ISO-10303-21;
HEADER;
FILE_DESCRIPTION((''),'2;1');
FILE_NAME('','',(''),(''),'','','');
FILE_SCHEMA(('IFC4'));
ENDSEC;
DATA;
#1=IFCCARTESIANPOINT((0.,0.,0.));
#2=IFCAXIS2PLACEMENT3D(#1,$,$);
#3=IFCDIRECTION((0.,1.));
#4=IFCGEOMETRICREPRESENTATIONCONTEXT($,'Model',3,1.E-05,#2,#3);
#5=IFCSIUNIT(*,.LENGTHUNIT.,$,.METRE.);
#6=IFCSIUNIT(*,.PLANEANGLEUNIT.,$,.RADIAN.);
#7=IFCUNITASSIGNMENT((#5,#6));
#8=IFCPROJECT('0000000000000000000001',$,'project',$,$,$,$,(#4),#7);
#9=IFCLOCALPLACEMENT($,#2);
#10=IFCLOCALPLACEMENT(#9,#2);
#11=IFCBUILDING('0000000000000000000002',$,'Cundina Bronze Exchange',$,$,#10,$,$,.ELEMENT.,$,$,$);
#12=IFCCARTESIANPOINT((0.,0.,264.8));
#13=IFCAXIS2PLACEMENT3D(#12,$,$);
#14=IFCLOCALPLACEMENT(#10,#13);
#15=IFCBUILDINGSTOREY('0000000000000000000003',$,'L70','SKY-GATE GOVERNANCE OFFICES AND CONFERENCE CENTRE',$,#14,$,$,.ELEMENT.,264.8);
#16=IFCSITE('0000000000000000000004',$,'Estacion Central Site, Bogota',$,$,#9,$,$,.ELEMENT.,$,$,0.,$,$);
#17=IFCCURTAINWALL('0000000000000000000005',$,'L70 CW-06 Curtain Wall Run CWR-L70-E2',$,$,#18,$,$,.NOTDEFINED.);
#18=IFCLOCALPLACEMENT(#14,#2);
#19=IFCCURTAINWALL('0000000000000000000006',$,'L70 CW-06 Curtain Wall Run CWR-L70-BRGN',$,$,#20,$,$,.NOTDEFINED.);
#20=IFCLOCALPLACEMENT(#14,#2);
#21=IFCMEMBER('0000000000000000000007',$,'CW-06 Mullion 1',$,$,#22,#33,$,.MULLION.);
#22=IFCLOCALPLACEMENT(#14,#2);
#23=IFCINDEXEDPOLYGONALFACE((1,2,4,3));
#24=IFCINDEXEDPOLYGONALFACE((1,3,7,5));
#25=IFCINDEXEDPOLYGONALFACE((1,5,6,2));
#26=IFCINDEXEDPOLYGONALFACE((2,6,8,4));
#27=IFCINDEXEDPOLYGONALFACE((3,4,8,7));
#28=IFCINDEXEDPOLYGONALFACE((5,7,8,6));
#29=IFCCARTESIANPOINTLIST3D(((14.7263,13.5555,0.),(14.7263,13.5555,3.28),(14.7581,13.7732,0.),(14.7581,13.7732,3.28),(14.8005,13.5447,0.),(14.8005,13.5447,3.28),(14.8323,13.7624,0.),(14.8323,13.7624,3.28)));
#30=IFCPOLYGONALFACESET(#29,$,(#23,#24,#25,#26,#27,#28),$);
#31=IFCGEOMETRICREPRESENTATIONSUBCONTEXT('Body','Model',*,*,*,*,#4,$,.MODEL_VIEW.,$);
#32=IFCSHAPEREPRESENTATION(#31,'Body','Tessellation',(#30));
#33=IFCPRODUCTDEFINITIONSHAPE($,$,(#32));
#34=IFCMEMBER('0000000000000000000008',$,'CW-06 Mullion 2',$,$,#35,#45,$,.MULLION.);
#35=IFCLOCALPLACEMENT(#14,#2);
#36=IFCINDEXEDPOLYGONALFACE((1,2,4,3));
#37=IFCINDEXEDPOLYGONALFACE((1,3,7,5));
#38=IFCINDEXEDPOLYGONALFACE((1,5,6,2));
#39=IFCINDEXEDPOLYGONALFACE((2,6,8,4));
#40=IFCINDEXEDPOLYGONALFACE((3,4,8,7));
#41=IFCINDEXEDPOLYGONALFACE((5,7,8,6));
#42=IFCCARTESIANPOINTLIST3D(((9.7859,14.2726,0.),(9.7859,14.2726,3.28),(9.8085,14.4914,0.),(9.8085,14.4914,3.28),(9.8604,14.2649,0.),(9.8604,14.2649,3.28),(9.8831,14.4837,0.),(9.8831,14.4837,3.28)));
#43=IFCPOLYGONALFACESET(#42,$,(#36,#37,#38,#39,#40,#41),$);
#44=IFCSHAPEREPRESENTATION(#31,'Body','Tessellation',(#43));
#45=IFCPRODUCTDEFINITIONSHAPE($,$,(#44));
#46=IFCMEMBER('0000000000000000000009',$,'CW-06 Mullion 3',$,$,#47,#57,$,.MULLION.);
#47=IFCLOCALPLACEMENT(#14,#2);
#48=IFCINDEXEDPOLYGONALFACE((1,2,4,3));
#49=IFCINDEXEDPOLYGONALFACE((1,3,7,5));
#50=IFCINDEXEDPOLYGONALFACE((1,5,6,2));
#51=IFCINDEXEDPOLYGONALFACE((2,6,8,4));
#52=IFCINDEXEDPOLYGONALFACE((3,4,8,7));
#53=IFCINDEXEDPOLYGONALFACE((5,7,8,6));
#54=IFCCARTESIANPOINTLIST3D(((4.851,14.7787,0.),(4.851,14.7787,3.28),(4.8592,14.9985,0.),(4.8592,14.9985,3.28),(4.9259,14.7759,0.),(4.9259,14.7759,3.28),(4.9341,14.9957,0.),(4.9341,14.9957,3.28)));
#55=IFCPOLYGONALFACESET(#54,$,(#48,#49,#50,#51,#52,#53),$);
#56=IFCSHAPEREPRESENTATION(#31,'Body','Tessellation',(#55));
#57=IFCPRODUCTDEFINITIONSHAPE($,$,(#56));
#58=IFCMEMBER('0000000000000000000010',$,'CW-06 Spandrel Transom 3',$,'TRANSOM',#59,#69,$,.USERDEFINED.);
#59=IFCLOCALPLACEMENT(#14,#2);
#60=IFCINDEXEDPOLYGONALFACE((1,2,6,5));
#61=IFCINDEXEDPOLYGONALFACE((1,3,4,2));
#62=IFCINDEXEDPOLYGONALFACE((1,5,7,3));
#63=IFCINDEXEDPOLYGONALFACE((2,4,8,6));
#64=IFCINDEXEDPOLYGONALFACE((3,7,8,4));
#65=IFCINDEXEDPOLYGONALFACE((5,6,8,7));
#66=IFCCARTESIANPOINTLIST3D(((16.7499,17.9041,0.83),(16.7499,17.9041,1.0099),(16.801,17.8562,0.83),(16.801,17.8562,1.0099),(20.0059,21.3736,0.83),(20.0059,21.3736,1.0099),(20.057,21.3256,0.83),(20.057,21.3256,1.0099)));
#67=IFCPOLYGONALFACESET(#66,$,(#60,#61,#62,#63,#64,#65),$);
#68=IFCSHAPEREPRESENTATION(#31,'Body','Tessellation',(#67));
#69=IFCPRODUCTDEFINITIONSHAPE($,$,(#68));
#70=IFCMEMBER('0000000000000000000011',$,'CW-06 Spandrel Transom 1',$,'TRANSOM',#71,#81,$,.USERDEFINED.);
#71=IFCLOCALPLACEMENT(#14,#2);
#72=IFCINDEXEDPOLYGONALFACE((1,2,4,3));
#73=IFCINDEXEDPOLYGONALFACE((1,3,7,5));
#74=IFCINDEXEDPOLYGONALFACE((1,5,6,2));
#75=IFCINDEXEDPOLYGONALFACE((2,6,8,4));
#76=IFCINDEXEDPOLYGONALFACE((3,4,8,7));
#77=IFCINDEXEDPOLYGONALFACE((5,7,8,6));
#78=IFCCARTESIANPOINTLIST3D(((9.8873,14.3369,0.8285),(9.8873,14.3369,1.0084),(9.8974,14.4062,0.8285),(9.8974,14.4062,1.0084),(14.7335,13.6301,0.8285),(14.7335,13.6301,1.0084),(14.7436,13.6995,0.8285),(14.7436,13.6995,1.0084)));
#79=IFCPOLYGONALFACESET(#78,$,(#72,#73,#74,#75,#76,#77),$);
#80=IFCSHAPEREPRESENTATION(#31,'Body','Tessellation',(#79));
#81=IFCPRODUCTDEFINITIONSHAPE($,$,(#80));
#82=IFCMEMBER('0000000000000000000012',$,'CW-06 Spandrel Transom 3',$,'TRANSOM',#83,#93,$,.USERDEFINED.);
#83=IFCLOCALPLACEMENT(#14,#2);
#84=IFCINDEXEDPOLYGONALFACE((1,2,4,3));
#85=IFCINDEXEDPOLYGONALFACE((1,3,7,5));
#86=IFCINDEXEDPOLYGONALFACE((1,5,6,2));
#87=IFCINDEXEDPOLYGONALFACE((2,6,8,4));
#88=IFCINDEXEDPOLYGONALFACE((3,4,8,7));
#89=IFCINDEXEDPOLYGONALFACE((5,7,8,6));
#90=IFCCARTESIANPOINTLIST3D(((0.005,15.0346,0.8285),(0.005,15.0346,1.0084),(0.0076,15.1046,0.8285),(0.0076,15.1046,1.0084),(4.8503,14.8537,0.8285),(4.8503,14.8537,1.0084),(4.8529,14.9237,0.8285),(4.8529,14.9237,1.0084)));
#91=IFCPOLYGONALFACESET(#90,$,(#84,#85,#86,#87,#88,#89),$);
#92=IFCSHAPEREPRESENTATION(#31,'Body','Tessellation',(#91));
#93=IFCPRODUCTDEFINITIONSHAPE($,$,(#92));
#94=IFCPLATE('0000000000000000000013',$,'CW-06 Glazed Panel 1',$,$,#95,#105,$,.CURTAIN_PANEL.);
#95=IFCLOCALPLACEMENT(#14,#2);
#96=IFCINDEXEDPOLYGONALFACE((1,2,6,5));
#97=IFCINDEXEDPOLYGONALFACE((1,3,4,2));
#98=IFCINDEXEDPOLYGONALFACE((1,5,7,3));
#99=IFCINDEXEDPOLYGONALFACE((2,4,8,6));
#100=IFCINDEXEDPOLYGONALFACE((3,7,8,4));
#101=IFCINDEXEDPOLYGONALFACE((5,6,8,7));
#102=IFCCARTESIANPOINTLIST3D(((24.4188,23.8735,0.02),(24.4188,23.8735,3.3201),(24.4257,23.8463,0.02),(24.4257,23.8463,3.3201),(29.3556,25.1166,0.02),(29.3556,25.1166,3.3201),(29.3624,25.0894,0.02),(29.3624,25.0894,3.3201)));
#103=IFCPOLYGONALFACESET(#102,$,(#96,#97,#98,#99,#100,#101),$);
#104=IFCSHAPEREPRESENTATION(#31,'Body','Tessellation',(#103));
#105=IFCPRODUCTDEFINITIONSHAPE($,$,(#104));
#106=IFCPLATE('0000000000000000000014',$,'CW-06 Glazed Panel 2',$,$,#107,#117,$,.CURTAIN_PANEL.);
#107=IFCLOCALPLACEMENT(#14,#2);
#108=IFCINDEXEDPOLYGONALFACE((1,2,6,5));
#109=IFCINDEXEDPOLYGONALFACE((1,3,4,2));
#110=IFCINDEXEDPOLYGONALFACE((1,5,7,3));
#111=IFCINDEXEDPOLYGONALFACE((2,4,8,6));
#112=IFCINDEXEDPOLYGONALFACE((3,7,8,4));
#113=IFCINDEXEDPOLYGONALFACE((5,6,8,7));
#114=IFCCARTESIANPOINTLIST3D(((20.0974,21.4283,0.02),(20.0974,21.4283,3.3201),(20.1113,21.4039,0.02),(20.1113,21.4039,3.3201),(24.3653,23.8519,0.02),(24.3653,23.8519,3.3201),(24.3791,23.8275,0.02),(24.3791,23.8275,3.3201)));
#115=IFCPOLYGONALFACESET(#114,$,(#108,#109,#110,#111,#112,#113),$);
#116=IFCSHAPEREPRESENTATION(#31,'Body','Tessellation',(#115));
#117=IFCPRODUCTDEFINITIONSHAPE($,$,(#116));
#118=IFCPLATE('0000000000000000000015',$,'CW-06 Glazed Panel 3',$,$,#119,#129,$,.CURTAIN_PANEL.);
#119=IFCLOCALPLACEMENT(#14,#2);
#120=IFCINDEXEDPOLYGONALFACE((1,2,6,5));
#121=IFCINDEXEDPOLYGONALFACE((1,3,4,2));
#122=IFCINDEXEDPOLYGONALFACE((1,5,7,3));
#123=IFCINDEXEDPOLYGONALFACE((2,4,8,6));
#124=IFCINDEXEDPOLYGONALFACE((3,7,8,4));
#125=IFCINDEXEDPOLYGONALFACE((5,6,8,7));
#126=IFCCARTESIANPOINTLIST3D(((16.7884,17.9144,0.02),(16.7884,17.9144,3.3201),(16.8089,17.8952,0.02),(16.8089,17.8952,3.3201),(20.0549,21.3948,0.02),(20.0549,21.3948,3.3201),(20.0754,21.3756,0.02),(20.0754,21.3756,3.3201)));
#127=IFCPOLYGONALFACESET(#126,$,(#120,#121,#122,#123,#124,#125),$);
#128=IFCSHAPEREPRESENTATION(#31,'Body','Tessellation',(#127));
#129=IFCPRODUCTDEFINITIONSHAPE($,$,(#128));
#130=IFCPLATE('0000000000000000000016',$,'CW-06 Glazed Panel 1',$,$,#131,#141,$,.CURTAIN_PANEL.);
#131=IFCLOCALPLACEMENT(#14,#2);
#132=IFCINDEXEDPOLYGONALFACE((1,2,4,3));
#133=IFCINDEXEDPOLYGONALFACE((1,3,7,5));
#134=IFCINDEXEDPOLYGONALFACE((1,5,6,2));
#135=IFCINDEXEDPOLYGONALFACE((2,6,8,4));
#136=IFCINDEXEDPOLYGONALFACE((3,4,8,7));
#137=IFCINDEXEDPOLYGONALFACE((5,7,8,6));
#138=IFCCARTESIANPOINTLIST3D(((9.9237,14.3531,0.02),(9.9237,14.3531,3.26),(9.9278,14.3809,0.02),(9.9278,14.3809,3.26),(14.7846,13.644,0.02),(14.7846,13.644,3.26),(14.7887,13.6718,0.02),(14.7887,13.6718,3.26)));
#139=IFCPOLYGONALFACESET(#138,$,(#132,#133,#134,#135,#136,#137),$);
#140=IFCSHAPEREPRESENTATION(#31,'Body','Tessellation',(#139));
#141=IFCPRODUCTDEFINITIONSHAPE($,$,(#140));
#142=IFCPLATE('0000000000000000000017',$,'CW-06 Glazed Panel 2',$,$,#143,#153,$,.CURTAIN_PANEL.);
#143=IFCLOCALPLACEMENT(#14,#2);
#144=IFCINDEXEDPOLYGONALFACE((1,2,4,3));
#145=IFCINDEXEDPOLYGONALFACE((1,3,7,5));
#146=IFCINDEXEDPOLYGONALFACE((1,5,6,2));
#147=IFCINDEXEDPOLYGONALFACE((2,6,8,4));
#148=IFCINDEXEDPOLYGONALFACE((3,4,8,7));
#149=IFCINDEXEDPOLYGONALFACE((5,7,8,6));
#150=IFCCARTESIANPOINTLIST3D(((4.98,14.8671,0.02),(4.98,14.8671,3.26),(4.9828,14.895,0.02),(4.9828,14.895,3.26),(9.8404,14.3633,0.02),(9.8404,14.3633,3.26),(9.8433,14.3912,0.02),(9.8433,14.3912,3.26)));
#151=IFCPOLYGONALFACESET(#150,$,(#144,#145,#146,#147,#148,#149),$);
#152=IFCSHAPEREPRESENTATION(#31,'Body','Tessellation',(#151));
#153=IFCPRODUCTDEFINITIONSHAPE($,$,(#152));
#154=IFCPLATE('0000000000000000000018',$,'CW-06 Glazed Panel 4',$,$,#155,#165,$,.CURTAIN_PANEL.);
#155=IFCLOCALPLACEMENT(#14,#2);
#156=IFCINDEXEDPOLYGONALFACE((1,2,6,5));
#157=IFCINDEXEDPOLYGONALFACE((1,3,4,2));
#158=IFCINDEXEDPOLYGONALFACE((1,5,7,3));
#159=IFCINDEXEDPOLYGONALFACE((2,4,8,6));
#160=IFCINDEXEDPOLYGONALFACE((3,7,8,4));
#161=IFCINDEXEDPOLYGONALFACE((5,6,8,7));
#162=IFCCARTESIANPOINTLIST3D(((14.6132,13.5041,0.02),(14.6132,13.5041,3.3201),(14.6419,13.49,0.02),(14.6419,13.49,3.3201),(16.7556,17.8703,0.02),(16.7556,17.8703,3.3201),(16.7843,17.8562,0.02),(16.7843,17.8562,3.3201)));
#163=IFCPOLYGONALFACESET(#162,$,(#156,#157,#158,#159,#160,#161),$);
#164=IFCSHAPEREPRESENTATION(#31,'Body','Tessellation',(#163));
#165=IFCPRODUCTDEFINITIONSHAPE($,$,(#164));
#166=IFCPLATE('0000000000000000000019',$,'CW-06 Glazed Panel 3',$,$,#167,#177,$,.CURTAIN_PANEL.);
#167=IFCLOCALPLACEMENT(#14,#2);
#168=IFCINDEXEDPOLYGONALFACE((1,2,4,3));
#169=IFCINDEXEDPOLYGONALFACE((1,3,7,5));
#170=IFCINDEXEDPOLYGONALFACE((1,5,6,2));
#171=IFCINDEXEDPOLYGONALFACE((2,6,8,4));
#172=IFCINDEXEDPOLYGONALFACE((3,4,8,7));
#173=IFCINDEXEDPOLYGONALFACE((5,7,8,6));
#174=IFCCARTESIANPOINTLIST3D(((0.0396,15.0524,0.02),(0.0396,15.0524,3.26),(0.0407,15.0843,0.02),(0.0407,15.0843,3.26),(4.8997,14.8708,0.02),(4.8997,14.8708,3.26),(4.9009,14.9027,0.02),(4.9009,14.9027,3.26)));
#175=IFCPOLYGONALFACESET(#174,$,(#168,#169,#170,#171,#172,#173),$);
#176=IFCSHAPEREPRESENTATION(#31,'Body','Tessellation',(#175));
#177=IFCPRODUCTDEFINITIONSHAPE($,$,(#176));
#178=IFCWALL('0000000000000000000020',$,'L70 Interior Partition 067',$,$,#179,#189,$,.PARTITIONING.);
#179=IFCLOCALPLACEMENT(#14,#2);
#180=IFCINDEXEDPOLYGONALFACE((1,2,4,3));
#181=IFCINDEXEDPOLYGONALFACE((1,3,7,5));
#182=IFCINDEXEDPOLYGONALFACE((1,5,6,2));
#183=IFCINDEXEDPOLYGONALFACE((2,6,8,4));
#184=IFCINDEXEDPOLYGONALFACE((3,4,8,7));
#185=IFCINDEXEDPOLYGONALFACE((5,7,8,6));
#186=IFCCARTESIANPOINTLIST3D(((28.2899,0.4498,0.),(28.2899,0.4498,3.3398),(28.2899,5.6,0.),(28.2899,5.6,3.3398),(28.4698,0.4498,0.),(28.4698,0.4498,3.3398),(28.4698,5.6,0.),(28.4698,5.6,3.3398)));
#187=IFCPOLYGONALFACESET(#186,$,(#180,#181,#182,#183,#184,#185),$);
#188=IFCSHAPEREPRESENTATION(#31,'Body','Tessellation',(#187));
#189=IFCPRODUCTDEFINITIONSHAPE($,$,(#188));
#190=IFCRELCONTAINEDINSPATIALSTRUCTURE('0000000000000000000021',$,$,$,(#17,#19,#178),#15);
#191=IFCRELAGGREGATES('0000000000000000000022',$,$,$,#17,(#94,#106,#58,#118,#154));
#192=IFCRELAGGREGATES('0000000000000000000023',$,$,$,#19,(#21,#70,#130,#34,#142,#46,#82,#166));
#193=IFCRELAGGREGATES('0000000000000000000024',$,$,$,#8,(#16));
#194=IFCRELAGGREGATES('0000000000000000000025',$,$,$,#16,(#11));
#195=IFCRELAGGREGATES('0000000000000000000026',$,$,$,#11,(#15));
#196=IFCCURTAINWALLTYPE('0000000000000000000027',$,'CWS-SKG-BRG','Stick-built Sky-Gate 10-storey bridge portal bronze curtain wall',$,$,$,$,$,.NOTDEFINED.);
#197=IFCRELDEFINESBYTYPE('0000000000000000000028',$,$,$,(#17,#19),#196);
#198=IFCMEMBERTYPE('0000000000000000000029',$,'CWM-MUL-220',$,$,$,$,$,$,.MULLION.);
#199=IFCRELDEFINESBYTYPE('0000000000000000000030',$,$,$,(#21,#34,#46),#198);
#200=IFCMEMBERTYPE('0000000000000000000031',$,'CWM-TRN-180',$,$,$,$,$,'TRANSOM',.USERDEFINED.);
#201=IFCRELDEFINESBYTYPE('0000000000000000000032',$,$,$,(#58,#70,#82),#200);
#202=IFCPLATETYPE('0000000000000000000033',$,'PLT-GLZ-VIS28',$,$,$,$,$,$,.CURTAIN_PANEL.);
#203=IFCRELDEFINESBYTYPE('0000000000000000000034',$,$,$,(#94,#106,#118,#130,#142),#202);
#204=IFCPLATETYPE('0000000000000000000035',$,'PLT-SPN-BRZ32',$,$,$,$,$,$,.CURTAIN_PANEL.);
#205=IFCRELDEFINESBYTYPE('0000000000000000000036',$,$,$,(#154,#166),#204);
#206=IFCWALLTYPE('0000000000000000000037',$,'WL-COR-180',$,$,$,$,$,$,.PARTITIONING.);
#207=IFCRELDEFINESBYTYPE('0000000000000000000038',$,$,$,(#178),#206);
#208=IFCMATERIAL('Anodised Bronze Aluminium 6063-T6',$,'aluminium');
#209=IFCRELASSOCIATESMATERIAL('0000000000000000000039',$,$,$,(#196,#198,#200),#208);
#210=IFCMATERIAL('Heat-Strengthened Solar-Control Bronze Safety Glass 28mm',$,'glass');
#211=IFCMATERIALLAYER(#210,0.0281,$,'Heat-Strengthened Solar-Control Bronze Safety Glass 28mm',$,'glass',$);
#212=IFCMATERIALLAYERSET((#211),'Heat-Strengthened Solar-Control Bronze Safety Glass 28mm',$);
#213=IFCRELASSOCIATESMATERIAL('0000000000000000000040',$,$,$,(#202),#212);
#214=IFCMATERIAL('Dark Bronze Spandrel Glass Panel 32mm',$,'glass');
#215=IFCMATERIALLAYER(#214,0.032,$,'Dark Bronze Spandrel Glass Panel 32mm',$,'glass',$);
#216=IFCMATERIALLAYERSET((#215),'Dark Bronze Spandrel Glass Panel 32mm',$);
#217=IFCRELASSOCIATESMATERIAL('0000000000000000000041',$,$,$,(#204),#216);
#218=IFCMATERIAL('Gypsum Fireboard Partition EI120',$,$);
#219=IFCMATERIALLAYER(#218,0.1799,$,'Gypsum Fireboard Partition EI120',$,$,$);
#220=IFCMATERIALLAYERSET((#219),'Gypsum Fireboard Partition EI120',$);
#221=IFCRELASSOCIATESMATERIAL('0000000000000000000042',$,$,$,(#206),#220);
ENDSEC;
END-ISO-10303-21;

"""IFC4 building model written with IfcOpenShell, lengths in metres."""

from ifc_helpers import new_model, si_unit, direction, frame, frame_2d, origin, origin_2d, place, context, subcontext, project, spatial, rectangle, extrude, material, layer, layer_set, material_profile, profile_set, type_object, element, aggregate, save


model = new_model("IFC4")

# Units and contexts
model_context = context("Model", 3, precision=1e-05, world=origin(), true_north=direction((0.0, 1.0)))
body_context = subcontext(model_context, "Body", "Model", "MODEL_VIEW")
ifc_project = project(units=[si_unit("LENGTHUNIT", "METRE"), si_unit("PLANEANGLEUNIT", "RADIAN")], contexts=[model_context])

# Site, building, storey
site_placement = place(None, origin())
site = spatial("IfcSite", under=ifc_project, at=site_placement, Name="Estacion Central Site, Bogota", CompositionType="ELEMENT", RefElevation=0.0)
building_placement = place(site_placement, origin())
building = spatial("IfcBuilding", under=site, at=building_placement, Name="Cundina Bronze Exchange", CompositionType="ELEMENT")
storey_placement = place(building_placement, frame((0.0, 0.0, 264.8)))
storey = spatial("IfcBuildingStorey", under=building, at=storey_placement, Name="L70", Description="SKY-GATE GOVERNANCE OFFICES AND CONFERENCE CENTRE", CompositionType="ELEMENT", Elevation=264.8)

# Curtain walls, members
ifc_material_1 = material(Name="Anodised Bronze Aluminium 6063-T6", Category="aluminium")
curtain_wall_type = type_object("IfcCurtainWallType", Name="CWS-SKG-BRG", Description="Stick-built Sky-Gate 10-storey bridge portal bronze curtain wall", PredefinedType="NOTDEFINED", material=ifc_material_1)
curtain_wall_1_placement = place(storey_placement, origin())
curtain_wall_1 = element("IfcCurtainWall", 1, at=curtain_wall_1_placement, inside=storey, type_object=curtain_wall_type, Name="L70 CW-06 Curtain Wall Run CWR-L70-E2", PredefinedType="NOTDEFINED")
ifc_material_profile_1 = material_profile(ifc_material_1, rectangle(XDim=0.075, YDim=0.22, at=origin_2d()), Name="AL75X220", Category="aluminium")
ifc_profile_set_1 = profile_set([ifc_material_profile_1], Name="Anodised Bronze Aluminium 6063-T6")
member_type_1 = type_object("IfcMemberType", Name="CWM-MUL-220", PredefinedType="MULLION", material=ifc_profile_set_1)
curtain_wall_2_placement = place(storey_placement, origin())
curtain_wall_2 = element("IfcCurtainWall", 2, at=curtain_wall_2_placement, inside=storey, type_object=curtain_wall_type, Name="L70 CW-06 Curtain Wall Run CWR-L70-BRGN", PredefinedType="NOTDEFINED")
member_1_placement = place(storey_placement, frame((14.7793, 13.6589, 0.0), z_axis=(0.0, 0.0, 1.0), x_axis=(-0.989526, 0.144356, 0.0)))
member_1 = element("IfcMember", 3, at=member_1_placement, type_object=member_type_1, Name="CW-06 Mullion 1", PredefinedType="MULLION", context=body_context, shape_type="SweptSolid", body=[
    extrude(rectangle(XDim=0.075, YDim=0.22, at=origin_2d()), origin(), (0.0, 0.0, 1.0), 3.28),
])
member_2_placement = place(storey_placement, frame((9.8345, 14.3782, 0.0), z_axis=(0.0, 0.0, 1.0), x_axis=(-0.994667, 0.10314, 0.0)))
member_2 = element("IfcMember", 4, at=member_2_placement, type_object=member_type_1, Name="CW-06 Mullion 2", PredefinedType="MULLION", context=body_context, shape_type="SweptSolid", body=[
    extrude(rectangle(XDim=0.075, YDim=0.22, at=origin_2d()), origin(), (0.0, 0.0, 1.0), 3.28),
])
member_3_placement = place(storey_placement, frame((4.8926, 14.8872, 0.0), z_axis=(0.0, 0.0, 1.0), x_axis=(-0.999303, 0.037341, 0.0)))
member_3 = element("IfcMember", 5, at=member_3_placement, type_object=member_type_1, Name="CW-06 Mullion 3", PredefinedType="MULLION", context=body_context, shape_type="SweptSolid", body=[
    extrude(rectangle(XDim=0.075, YDim=0.22, at=origin_2d()), origin(), (0.0, 0.0, 1.0), 3.28),
])

# Members
ifc_material_profile_2 = material_profile(ifc_material_1, rectangle(XDim=0.0701, YDim=0.1799, at=origin_2d()), Name="AL70X180", Category="aluminium")
ifc_profile_set_2 = profile_set([ifc_material_profile_2], Name="Anodised Bronze Aluminium 6063-T6")
member_type_2 = type_object("IfcMemberType", Name="CWM-TRN-180", ElementType="TRANSOM", PredefinedType="USERDEFINED", material=ifc_profile_set_2)
member_4_placement = place(storey_placement, frame((20.0315, 21.3496, 0.9199), z_axis=(-0.684328, -0.729174, 0.0), x_axis=(0.729174, -0.684328, 0.0)))
member_4 = element("IfcMember", 6, at=member_4_placement, type_object=member_type_2, Name="CW-06 Spandrel Transom 3", ObjectType="TRANSOM", PredefinedType="USERDEFINED", context=body_context, shape_type="SweptSolid", body=[
    extrude(rectangle(XDim=0.0701, YDim=0.1799, at=origin_2d()), origin(), (0.0, 0.0, 1.0), 4.7581),
])
member_5_placement = place(storey_placement, frame((14.7385, 13.6648, 0.9185), z_axis=(-0.989531, 0.144317, 0.0), x_axis=(-0.144317, -0.989531, 0.0)))
member_5 = element("IfcMember", 7, at=member_5_placement, type_object=member_type_2, Name="CW-06 Spandrel Transom 1", ObjectType="TRANSOM", PredefinedType="USERDEFINED", context=body_context, shape_type="SweptSolid", body=[
    extrude(rectangle(XDim=0.0701, YDim=0.1799, at=origin_2d()), origin(), (0.0, 0.0, 1.0), 4.8975),
])
member_6_placement = place(storey_placement, frame((4.8516, 14.8887, 0.9185), z_axis=(-0.999304, 0.037312, 0.0), x_axis=(-0.037312, -0.999304, 0.0)))
member_6 = element("IfcMember", 8, at=member_6_placement, type_object=member_type_2, Name="CW-06 Spandrel Transom 3", ObjectType="TRANSOM", PredefinedType="USERDEFINED", context=body_context, shape_type="SweptSolid", body=[
    extrude(rectangle(XDim=0.0701, YDim=0.1799, at=origin_2d()), origin(), (0.0, 0.0, 1.0), 4.8486),
])

# Plates
ifc_material_2 = material(Name="Heat-Strengthened Solar-Control Bronze Safety Glass 28mm", Category="glass")
ifc_layer_1 = layer(ifc_material_2, 0.0281, Name="Heat-Strengthened Solar-Control Bronze Safety Glass 28mm", Category="glass")
ifc_layer_set_1 = layer_set([ifc_layer_1], Name="Heat-Strengthened Solar-Control Bronze Safety Glass 28mm")
plate_type_1 = type_object("IfcPlateType", Name="PLT-GLZ-VIS28", PredefinedType="CURTAIN_PANEL", material=ifc_layer_set_1)
plate_1_placement = place(storey_placement, frame((26.8906, 24.4814, 0.02), z_axis=(0.0, 0.0, 1.0), x_axis=(-0.969732, -0.244174, 0.0)))
plate_1 = element("IfcPlate", 9, at=plate_1_placement, type_object=plate_type_1, Name="CW-06 Glazed Panel 1", PredefinedType="CURTAIN_PANEL", context=body_context, shape_type="SweptSolid", body=[
    extrude(rectangle(XDim=5.0908, YDim=0.0281, at=origin_2d()), origin(), (0.0, 0.0, 1.0), 3.3),
])
plate_2_placement = place(storey_placement, frame((22.2383, 22.6279, 0.02), z_axis=(0.0, 0.0, 1.0), x_axis=(-0.869573, -0.493805, 0.0)))
plate_2 = element("IfcPlate", 10, at=plate_2_placement, type_object=plate_type_1, Name="CW-06 Glazed Panel 2", PredefinedType="CURTAIN_PANEL", context=body_context, shape_type="SweptSolid", body=[
    extrude(rectangle(XDim=4.908, YDim=0.0281, at=origin_2d()), origin(), (0.0, 0.0, 1.0), 3.3),
])
plate_3_placement = place(storey_placement, frame((18.4319, 19.645, 0.02), z_axis=(0.0, 0.0, 1.0), x_axis=(-0.684344, -0.72916, 0.0)))
plate_3 = element("IfcPlate", 11, at=plate_3_placement, type_object=plate_type_1, Name="CW-06 Glazed Panel 3", PredefinedType="CURTAIN_PANEL", context=body_context, shape_type="SweptSolid", body=[
    extrude(rectangle(XDim=4.7732, YDim=0.0281, at=origin_2d()), origin(), (0.0, 0.0, 1.0), 3.3),
])
plate_4_placement = place(storey_placement, frame((12.3562, 14.0125, 0.02), z_axis=(0.0, 0.0, 1.0), x_axis=(-0.989528, 0.144339, 0.0)))
plate_4 = element("IfcPlate", 12, at=plate_4_placement, type_object=plate_type_1, Name="CW-06 Glazed Panel 1", PredefinedType="CURTAIN_PANEL", context=body_context, shape_type="SweptSolid", body=[
    extrude(rectangle(XDim=4.9124, YDim=0.0281, at=origin_2d()), origin(), (0.0, 0.0, 1.0), 3.24),
])
plate_5_placement = place(storey_placement, frame((7.4116, 14.6292, 0.02), z_axis=(0.0, 0.0, 1.0), x_axis=(-0.994672, 0.103088, 0.0)))
plate_5 = element("IfcPlate", 13, at=plate_5_placement, type_object=plate_type_1, Name="CW-06 Glazed Panel 2", PredefinedType="CURTAIN_PANEL", context=body_context, shape_type="SweptSolid", body=[
    extrude(rectangle(XDim=4.8865, YDim=0.0281, at=origin_2d()), origin(), (0.0, 0.0, 1.0), 3.24),
])
ifc_material_3 = material(Name="Dark Bronze Spandrel Glass Panel 32mm", Category="glass")
ifc_layer_2 = layer(ifc_material_3, 0.032, Name="Dark Bronze Spandrel Glass Panel 32mm", Category="glass")
ifc_layer_set_2 = layer_set([ifc_layer_2], Name="Dark Bronze Spandrel Glass Panel 32mm")
plate_type_2 = type_object("IfcPlateType", Name="PLT-SPN-BRZ32", PredefinedType="CURTAIN_PANEL", material=ifc_layer_set_2)
plate_6_placement = place(storey_placement, frame((15.6987, 15.6802, 0.02), z_axis=(0.0, 0.0, 1.0), x_axis=(-0.440503, -0.897751, 0.0)))
plate_6 = element("IfcPlate", 14, at=plate_6_placement, type_object=plate_type_2, Name="CW-06 Glazed Panel 4", PredefinedType="CURTAIN_PANEL", context=body_context, shape_type="SweptSolid", body=[
    extrude(rectangle(XDim=4.8635, YDim=0.032, at=origin_2d()), origin(), (0.0, 0.0, 1.0), 3.3),
])
aggregate(curtain_wall_1, [plate_1, plate_2, member_4, plate_3, plate_6])
plate_7_placement = place(storey_placement, frame((2.4702, 14.9775, 0.02), z_axis=(0.0, 0.0, 1.0), x_axis=(-0.999303, 0.037341, 0.0)))
plate_7 = element("IfcPlate", 15, at=plate_7_placement, type_object=plate_type_2, Name="CW-06 Glazed Panel 3", PredefinedType="CURTAIN_PANEL", context=body_context, shape_type="SweptSolid", body=[
    extrude(rectangle(XDim=4.8635, YDim=0.032, at=origin_2d()), origin(), (0.0, 0.0, 1.0), 3.24),
])
aggregate(curtain_wall_2, [member_1, member_5, plate_4, member_2, plate_5, member_3, member_6, plate_7])

# Wall
ifc_material_4 = material(Name="Gypsum Fireboard Partition EI120")
ifc_layer_3 = layer(ifc_material_4, 0.1799, Name="Gypsum Fireboard Partition EI120")
ifc_layer_set_3 = layer_set([ifc_layer_3], Name="Gypsum Fireboard Partition EI120")
wall_type_1 = type_object("IfcWallType", Name="WL-COR-180", PredefinedType="PARTITIONING", material=ifc_layer_set_3)
wall_1_placement = place(storey_placement, frame((28.3799, 5.6001, 0.0), z_axis=(0.0, 0.0, 1.0), x_axis=(0.0, -1.0, 0.0)))
element("IfcWall", 16, at=wall_1_placement, inside=storey, type_object=wall_type_1, Name="L70 Interior Partition 067", PredefinedType="PARTITIONING", context=body_context, shape_type="SweptSolid", body=[
    extrude(rectangle(XDim=5.1501, YDim=0.1799, at=frame_2d((2.5752, 0.0))), origin(), (0.0, 0.0, 1.0), 3.3398),
])

save(model, "model.ifc")
